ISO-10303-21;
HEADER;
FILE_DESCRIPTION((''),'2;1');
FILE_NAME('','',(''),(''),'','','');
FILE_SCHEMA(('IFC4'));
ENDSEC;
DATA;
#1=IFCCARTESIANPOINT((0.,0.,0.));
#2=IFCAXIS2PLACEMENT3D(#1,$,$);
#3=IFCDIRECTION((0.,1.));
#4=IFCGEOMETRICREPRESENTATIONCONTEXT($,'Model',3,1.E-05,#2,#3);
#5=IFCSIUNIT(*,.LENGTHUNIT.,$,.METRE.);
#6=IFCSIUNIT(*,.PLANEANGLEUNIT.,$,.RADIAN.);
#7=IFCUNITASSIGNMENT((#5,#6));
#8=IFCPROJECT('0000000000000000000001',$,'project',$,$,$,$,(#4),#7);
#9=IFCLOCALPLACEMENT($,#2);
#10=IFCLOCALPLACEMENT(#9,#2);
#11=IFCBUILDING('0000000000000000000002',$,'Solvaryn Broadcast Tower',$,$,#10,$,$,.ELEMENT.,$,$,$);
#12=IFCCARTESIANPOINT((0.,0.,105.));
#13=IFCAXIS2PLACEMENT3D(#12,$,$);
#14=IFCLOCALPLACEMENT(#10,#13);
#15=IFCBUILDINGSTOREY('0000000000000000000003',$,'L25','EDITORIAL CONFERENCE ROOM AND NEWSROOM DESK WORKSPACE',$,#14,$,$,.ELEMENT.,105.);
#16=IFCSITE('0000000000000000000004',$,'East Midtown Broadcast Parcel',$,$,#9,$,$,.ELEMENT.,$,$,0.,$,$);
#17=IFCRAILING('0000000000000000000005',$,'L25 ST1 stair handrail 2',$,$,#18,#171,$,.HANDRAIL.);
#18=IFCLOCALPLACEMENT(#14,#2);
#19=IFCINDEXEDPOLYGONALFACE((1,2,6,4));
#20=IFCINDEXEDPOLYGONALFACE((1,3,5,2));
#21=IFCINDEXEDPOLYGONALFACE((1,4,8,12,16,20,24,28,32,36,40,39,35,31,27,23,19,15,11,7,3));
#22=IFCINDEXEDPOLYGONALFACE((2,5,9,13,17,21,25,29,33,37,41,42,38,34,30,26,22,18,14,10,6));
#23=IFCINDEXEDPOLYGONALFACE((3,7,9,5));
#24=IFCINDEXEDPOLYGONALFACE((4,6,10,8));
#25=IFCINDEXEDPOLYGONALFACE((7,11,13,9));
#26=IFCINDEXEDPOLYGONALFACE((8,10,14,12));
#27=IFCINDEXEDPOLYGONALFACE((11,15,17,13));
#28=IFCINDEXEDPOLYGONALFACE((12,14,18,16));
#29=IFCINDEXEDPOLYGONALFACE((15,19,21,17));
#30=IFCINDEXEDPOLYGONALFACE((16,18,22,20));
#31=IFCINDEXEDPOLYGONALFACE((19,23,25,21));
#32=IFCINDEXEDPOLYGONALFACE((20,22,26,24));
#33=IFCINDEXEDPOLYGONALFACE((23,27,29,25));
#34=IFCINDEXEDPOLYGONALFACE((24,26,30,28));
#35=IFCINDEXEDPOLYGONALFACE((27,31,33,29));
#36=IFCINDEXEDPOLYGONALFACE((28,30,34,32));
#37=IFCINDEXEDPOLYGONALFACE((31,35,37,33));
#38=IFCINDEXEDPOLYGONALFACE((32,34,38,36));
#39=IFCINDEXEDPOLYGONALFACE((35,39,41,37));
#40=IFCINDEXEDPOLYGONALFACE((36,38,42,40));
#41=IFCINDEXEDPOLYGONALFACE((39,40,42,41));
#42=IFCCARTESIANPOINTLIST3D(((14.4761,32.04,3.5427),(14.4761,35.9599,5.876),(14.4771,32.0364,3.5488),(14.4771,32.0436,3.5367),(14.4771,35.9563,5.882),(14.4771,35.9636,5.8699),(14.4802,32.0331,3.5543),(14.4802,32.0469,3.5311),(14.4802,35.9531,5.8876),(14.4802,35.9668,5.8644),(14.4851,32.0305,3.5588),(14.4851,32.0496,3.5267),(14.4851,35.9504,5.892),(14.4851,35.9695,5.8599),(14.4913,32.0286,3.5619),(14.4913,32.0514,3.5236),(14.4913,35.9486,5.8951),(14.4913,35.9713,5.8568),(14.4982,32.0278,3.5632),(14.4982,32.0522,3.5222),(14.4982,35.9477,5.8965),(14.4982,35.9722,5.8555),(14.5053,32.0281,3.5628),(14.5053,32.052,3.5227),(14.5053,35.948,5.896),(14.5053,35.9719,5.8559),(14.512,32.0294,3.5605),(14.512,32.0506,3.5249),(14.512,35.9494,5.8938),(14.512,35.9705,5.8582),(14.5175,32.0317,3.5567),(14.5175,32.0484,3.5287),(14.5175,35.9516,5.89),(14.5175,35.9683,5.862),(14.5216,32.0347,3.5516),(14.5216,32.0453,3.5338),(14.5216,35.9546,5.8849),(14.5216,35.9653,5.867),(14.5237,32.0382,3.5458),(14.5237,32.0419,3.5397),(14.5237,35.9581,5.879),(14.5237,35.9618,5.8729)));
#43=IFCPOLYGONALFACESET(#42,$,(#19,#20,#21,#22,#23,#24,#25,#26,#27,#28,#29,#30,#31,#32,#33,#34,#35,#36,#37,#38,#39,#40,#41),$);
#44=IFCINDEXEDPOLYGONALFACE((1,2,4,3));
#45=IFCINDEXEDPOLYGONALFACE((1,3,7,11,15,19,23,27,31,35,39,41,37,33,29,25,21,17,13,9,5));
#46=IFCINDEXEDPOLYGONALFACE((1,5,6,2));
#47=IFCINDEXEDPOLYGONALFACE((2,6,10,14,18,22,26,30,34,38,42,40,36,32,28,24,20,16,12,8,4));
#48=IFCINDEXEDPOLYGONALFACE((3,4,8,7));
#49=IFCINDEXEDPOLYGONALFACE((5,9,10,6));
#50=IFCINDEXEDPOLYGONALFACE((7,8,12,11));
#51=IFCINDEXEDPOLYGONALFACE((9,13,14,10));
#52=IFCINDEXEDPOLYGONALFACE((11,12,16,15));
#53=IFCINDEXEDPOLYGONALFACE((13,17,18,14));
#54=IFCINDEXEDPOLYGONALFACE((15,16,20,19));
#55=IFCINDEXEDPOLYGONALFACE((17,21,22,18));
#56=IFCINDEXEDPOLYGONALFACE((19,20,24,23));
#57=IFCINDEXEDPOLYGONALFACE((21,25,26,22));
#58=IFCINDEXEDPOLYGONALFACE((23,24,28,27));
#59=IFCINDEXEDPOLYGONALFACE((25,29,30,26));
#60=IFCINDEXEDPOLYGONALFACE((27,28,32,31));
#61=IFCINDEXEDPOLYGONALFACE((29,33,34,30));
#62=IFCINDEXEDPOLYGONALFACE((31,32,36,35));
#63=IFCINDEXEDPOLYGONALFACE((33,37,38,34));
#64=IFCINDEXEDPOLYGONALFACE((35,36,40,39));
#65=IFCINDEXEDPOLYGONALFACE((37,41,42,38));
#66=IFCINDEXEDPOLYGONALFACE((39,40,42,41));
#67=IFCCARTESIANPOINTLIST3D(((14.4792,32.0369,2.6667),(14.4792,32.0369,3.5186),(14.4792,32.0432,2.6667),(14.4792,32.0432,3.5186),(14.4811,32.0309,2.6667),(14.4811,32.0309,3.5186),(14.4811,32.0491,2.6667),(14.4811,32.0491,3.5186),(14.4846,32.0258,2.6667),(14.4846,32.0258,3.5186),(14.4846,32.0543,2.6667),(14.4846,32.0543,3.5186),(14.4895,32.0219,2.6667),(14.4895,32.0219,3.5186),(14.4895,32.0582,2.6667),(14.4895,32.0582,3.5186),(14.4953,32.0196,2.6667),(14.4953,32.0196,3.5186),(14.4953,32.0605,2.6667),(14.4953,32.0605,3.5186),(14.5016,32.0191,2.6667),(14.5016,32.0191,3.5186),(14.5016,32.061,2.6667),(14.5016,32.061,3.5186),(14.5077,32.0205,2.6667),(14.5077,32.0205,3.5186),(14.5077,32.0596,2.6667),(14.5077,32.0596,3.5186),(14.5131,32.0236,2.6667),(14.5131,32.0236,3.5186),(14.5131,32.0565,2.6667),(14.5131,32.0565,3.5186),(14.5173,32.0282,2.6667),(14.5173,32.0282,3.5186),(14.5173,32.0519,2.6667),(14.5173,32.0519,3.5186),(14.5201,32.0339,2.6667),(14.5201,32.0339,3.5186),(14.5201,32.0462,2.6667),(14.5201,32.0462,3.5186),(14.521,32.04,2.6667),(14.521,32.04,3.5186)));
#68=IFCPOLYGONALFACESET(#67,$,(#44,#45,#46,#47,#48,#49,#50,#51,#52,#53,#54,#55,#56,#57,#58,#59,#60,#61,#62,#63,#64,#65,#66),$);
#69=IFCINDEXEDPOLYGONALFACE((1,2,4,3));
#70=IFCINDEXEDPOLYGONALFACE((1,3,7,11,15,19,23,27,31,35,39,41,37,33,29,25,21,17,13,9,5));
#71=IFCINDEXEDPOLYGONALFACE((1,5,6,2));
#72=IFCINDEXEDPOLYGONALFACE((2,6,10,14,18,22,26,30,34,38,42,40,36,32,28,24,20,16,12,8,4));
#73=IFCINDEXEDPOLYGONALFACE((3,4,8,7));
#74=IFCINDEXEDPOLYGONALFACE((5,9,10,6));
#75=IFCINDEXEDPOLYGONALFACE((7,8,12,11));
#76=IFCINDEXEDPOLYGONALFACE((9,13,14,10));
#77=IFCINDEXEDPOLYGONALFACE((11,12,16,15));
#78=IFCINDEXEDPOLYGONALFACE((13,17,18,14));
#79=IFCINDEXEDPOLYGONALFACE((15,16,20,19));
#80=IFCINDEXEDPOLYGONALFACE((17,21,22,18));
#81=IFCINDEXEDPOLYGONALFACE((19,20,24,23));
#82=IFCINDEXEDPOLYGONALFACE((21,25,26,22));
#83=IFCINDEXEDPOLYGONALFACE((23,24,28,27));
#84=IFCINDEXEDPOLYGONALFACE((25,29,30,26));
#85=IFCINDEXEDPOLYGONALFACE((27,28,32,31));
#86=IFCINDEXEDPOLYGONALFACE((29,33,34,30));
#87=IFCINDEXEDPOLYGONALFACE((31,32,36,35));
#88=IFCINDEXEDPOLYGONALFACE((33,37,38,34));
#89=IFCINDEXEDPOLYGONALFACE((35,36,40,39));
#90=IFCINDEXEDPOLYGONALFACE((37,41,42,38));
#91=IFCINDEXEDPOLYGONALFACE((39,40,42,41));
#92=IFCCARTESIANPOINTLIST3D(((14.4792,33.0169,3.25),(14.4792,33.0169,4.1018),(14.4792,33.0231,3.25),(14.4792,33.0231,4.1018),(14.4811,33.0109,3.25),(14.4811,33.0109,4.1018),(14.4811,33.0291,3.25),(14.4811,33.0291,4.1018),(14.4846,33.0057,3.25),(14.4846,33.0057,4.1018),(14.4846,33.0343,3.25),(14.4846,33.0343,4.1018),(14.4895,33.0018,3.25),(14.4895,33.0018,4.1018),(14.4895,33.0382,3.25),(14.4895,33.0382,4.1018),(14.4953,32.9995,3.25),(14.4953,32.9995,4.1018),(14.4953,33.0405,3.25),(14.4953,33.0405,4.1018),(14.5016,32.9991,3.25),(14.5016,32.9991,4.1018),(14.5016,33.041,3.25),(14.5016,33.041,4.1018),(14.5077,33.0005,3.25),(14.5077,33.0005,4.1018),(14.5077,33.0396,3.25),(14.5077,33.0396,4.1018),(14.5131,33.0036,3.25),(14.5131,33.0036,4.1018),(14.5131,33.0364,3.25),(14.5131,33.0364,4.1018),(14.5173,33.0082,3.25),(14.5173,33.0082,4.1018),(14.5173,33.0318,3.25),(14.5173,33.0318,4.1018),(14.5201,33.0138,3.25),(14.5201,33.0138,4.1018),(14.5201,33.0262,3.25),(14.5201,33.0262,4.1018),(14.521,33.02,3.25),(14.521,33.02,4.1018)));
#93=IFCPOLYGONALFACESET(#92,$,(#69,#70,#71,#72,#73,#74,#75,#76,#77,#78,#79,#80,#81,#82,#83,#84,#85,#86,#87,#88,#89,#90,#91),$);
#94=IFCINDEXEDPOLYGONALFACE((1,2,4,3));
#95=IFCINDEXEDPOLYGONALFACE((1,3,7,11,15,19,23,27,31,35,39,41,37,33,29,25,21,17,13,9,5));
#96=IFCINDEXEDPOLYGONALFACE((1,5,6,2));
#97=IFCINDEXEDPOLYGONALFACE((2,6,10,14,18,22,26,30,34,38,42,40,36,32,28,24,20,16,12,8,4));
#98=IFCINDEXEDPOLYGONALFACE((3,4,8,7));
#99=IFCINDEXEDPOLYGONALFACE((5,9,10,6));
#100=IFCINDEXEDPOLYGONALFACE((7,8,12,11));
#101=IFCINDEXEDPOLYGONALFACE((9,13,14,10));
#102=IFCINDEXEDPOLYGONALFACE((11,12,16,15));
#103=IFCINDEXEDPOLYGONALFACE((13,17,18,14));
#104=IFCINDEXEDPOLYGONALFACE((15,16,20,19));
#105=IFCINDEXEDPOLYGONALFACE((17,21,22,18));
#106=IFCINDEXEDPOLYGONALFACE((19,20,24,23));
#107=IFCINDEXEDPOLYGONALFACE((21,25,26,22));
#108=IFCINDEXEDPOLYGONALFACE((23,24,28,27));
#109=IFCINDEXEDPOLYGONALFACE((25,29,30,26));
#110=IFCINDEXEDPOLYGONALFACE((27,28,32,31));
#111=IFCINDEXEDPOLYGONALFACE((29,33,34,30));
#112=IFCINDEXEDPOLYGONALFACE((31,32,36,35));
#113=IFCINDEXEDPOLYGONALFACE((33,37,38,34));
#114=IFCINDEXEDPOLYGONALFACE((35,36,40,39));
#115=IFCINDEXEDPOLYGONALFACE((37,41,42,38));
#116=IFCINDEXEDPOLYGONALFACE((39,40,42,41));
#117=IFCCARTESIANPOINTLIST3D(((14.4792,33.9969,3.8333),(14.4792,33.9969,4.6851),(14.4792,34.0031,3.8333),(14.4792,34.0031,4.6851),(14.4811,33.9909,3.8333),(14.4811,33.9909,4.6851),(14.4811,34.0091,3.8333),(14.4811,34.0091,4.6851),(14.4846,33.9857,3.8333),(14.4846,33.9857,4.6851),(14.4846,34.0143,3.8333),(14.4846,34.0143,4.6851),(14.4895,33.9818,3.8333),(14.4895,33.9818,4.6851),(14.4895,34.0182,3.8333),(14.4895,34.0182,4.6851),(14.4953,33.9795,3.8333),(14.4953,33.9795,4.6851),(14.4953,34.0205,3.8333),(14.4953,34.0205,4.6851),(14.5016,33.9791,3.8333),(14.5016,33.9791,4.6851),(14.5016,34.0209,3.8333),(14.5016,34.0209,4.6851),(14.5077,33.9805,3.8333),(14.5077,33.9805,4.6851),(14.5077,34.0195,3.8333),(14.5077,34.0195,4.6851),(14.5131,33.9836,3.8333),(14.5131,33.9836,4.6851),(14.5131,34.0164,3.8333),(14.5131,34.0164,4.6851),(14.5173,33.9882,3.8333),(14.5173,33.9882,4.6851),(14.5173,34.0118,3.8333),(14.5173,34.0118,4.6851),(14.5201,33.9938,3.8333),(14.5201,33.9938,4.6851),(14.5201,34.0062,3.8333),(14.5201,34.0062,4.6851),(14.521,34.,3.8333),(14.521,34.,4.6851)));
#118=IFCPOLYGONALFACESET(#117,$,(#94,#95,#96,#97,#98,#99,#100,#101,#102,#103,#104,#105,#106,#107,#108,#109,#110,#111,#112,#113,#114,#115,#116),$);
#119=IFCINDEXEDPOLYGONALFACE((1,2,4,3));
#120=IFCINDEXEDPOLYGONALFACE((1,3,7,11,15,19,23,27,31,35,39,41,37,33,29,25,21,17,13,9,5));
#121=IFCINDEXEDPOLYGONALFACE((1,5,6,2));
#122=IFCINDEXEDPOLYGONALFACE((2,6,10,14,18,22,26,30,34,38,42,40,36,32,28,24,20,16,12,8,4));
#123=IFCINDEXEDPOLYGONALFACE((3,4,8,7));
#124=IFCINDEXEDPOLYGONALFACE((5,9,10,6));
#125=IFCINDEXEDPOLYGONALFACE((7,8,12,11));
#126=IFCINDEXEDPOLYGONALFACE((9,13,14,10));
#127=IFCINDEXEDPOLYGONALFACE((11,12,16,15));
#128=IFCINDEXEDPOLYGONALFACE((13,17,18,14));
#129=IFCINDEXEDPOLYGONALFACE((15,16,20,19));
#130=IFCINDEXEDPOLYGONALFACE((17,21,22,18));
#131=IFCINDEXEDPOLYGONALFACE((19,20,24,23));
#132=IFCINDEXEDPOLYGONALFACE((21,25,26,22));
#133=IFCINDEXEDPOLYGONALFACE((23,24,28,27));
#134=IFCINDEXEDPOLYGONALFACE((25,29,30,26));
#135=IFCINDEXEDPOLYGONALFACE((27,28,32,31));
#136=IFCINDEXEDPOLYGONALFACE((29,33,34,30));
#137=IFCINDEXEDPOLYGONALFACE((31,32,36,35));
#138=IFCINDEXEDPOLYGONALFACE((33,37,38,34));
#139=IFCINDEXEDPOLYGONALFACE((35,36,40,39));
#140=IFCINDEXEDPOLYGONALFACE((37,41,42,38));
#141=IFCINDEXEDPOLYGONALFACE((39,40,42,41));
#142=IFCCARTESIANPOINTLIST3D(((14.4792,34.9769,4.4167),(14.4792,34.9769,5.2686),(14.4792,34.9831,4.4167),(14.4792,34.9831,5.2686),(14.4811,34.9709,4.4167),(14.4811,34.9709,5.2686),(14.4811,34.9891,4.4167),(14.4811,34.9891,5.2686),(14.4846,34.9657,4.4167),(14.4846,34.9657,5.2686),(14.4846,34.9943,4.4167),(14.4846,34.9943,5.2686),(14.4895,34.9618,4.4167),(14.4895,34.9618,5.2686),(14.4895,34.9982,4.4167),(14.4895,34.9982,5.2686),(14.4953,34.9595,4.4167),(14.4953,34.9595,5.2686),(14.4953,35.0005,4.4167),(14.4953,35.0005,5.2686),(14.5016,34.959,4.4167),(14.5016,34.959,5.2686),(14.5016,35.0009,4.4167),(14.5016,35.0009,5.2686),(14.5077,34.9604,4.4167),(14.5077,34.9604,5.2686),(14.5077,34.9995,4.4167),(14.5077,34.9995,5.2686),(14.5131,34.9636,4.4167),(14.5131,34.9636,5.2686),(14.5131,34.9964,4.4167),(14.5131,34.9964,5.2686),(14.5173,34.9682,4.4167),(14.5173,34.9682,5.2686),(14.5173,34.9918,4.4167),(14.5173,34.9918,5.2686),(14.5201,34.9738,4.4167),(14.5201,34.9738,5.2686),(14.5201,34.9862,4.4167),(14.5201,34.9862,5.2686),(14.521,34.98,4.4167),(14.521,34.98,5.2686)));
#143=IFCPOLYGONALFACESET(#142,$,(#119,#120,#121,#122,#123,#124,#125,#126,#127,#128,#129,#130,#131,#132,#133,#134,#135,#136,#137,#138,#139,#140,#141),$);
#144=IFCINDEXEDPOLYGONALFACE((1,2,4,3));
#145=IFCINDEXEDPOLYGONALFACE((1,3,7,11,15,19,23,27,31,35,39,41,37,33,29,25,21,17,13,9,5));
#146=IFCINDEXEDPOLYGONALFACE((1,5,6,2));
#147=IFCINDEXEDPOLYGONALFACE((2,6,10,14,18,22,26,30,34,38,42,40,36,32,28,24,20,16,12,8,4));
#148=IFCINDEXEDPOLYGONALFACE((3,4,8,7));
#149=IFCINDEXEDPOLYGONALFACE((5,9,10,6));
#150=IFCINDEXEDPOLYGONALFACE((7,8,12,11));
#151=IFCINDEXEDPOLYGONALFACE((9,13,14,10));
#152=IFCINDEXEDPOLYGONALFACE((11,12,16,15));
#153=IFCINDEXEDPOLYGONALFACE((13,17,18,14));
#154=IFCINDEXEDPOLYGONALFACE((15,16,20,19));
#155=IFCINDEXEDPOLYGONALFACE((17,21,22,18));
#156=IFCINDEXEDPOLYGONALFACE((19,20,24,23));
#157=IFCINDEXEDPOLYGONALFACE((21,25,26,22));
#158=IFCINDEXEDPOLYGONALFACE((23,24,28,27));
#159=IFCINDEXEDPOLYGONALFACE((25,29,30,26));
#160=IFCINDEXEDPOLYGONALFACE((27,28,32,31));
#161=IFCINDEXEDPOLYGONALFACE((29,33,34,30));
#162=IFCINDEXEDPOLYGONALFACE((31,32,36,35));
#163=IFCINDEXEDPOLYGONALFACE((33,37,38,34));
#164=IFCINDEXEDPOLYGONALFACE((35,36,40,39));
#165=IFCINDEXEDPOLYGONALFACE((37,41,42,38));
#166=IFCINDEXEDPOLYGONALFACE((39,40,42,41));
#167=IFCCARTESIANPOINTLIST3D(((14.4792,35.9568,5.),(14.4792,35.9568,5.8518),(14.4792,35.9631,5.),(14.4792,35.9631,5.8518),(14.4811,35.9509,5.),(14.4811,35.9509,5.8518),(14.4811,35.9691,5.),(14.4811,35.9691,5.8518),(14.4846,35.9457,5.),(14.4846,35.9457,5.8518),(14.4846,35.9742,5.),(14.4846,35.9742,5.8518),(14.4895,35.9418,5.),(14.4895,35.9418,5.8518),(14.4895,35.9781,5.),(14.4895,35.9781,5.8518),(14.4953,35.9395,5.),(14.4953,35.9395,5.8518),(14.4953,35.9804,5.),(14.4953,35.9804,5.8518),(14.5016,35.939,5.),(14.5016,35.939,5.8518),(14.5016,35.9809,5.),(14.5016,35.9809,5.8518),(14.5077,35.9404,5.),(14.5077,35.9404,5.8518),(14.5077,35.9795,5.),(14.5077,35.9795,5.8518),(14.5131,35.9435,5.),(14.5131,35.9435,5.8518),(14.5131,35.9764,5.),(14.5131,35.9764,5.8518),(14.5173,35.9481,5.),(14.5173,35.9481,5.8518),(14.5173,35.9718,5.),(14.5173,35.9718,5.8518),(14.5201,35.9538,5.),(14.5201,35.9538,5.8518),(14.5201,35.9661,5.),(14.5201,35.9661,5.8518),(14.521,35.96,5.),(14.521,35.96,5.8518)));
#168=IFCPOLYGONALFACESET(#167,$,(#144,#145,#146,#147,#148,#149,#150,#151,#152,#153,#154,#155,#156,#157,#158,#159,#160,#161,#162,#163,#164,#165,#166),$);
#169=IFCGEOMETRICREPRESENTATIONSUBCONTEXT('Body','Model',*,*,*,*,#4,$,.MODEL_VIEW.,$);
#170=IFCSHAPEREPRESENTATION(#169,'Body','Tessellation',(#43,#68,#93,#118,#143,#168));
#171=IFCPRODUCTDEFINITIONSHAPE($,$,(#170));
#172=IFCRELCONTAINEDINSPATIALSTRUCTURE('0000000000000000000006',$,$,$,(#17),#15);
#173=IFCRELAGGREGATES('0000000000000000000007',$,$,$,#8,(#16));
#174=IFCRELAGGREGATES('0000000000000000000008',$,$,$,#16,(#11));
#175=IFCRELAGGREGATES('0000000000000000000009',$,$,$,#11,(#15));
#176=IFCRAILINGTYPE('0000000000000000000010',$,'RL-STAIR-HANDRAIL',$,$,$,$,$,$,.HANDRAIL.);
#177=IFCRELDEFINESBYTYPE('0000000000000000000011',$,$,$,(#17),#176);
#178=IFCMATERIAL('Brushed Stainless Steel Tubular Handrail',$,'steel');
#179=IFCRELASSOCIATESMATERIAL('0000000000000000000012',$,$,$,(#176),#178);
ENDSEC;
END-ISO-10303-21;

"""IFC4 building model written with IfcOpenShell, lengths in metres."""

from ifc_helpers import new_model, si_unit, direction, frame, origin, origin_2d, place, context, subcontext, project, spatial, circle, extrude, material, type_object, element, save


model = new_model("IFC4")

# Units and contexts
model_context = context("Model", 3, precision=1e-05, world=origin(), true_north=direction((0.0, 1.0)))
body_context = subcontext(model_context, "Body", "Model", "MODEL_VIEW")
ifc_project = project(units=[si_unit("LENGTHUNIT", "METRE"), si_unit("PLANEANGLEUNIT", "RADIAN")], contexts=[model_context])

# Site, building, storey
site_placement = place(None, origin())
site = spatial("IfcSite", under=ifc_project, at=site_placement, Name="East Midtown Broadcast Parcel", CompositionType="ELEMENT", RefElevation=0.0)
building_placement = place(site_placement, origin())
building = spatial("IfcBuilding", under=site, at=building_placement, Name="Solvaryn Broadcast Tower", CompositionType="ELEMENT")
storey_placement = place(building_placement, frame((0.0, 0.0, 105.0)))
storey = spatial("IfcBuildingStorey", under=building, at=storey_placement, Name="L25", Description="EDITORIAL CONFERENCE ROOM AND NEWSROOM DESK WORKSPACE", CompositionType="ELEMENT", Elevation=105.0)

# Railing
ifc_material_1 = material(Name="Brushed Stainless Steel Tubular Handrail", Category="steel")
railing_type_1 = type_object("IfcRailingType", Name="RL-STAIR-HANDRAIL", PredefinedType="HANDRAIL", material=ifc_material_1)
railing_1_placement = place(storey_placement, frame((14.5, 32.04, 2.6667)))
element("IfcRailing", 1, at=railing_1_placement, inside=storey, type_object=railing_type_1, Name="L25 ST1 stair handrail 2", PredefinedType="HANDRAIL", context=body_context, shape_type="SweptSolid", body=[
    extrude(circle(Radius=0.0239, at=origin_2d()), frame((0.0, 0.0, 0.876), z_axis=(0.0, 0.859296, 0.511478), x_axis=(-1.0, 0.0, 0.0)), (0.0, 0.0, 1.0), 4.5618),
    extrude(circle(Radius=0.021, at=origin_2d()), origin(), (0.0, 0.0, 1.0), 0.8518),
    extrude(circle(Radius=0.021, at=origin_2d()), frame((0.0, 0.98, 0.5833)), (0.0, 0.0, 1.0), 0.8518),
    extrude(circle(Radius=0.021, at=origin_2d()), frame((0.0, 1.96, 1.1665)), (0.0, 0.0, 1.0), 0.8518),
    extrude(circle(Radius=0.021, at=origin_2d()), frame((0.0, 2.9399, 1.75)), (0.0, 0.0, 1.0), 0.8518),
    extrude(circle(Radius=0.021, at=origin_2d()), frame((0.0, 3.9199, 2.3333)), (0.0, 0.0, 1.0), 0.8518),
])

save(model, "model.ifc")
